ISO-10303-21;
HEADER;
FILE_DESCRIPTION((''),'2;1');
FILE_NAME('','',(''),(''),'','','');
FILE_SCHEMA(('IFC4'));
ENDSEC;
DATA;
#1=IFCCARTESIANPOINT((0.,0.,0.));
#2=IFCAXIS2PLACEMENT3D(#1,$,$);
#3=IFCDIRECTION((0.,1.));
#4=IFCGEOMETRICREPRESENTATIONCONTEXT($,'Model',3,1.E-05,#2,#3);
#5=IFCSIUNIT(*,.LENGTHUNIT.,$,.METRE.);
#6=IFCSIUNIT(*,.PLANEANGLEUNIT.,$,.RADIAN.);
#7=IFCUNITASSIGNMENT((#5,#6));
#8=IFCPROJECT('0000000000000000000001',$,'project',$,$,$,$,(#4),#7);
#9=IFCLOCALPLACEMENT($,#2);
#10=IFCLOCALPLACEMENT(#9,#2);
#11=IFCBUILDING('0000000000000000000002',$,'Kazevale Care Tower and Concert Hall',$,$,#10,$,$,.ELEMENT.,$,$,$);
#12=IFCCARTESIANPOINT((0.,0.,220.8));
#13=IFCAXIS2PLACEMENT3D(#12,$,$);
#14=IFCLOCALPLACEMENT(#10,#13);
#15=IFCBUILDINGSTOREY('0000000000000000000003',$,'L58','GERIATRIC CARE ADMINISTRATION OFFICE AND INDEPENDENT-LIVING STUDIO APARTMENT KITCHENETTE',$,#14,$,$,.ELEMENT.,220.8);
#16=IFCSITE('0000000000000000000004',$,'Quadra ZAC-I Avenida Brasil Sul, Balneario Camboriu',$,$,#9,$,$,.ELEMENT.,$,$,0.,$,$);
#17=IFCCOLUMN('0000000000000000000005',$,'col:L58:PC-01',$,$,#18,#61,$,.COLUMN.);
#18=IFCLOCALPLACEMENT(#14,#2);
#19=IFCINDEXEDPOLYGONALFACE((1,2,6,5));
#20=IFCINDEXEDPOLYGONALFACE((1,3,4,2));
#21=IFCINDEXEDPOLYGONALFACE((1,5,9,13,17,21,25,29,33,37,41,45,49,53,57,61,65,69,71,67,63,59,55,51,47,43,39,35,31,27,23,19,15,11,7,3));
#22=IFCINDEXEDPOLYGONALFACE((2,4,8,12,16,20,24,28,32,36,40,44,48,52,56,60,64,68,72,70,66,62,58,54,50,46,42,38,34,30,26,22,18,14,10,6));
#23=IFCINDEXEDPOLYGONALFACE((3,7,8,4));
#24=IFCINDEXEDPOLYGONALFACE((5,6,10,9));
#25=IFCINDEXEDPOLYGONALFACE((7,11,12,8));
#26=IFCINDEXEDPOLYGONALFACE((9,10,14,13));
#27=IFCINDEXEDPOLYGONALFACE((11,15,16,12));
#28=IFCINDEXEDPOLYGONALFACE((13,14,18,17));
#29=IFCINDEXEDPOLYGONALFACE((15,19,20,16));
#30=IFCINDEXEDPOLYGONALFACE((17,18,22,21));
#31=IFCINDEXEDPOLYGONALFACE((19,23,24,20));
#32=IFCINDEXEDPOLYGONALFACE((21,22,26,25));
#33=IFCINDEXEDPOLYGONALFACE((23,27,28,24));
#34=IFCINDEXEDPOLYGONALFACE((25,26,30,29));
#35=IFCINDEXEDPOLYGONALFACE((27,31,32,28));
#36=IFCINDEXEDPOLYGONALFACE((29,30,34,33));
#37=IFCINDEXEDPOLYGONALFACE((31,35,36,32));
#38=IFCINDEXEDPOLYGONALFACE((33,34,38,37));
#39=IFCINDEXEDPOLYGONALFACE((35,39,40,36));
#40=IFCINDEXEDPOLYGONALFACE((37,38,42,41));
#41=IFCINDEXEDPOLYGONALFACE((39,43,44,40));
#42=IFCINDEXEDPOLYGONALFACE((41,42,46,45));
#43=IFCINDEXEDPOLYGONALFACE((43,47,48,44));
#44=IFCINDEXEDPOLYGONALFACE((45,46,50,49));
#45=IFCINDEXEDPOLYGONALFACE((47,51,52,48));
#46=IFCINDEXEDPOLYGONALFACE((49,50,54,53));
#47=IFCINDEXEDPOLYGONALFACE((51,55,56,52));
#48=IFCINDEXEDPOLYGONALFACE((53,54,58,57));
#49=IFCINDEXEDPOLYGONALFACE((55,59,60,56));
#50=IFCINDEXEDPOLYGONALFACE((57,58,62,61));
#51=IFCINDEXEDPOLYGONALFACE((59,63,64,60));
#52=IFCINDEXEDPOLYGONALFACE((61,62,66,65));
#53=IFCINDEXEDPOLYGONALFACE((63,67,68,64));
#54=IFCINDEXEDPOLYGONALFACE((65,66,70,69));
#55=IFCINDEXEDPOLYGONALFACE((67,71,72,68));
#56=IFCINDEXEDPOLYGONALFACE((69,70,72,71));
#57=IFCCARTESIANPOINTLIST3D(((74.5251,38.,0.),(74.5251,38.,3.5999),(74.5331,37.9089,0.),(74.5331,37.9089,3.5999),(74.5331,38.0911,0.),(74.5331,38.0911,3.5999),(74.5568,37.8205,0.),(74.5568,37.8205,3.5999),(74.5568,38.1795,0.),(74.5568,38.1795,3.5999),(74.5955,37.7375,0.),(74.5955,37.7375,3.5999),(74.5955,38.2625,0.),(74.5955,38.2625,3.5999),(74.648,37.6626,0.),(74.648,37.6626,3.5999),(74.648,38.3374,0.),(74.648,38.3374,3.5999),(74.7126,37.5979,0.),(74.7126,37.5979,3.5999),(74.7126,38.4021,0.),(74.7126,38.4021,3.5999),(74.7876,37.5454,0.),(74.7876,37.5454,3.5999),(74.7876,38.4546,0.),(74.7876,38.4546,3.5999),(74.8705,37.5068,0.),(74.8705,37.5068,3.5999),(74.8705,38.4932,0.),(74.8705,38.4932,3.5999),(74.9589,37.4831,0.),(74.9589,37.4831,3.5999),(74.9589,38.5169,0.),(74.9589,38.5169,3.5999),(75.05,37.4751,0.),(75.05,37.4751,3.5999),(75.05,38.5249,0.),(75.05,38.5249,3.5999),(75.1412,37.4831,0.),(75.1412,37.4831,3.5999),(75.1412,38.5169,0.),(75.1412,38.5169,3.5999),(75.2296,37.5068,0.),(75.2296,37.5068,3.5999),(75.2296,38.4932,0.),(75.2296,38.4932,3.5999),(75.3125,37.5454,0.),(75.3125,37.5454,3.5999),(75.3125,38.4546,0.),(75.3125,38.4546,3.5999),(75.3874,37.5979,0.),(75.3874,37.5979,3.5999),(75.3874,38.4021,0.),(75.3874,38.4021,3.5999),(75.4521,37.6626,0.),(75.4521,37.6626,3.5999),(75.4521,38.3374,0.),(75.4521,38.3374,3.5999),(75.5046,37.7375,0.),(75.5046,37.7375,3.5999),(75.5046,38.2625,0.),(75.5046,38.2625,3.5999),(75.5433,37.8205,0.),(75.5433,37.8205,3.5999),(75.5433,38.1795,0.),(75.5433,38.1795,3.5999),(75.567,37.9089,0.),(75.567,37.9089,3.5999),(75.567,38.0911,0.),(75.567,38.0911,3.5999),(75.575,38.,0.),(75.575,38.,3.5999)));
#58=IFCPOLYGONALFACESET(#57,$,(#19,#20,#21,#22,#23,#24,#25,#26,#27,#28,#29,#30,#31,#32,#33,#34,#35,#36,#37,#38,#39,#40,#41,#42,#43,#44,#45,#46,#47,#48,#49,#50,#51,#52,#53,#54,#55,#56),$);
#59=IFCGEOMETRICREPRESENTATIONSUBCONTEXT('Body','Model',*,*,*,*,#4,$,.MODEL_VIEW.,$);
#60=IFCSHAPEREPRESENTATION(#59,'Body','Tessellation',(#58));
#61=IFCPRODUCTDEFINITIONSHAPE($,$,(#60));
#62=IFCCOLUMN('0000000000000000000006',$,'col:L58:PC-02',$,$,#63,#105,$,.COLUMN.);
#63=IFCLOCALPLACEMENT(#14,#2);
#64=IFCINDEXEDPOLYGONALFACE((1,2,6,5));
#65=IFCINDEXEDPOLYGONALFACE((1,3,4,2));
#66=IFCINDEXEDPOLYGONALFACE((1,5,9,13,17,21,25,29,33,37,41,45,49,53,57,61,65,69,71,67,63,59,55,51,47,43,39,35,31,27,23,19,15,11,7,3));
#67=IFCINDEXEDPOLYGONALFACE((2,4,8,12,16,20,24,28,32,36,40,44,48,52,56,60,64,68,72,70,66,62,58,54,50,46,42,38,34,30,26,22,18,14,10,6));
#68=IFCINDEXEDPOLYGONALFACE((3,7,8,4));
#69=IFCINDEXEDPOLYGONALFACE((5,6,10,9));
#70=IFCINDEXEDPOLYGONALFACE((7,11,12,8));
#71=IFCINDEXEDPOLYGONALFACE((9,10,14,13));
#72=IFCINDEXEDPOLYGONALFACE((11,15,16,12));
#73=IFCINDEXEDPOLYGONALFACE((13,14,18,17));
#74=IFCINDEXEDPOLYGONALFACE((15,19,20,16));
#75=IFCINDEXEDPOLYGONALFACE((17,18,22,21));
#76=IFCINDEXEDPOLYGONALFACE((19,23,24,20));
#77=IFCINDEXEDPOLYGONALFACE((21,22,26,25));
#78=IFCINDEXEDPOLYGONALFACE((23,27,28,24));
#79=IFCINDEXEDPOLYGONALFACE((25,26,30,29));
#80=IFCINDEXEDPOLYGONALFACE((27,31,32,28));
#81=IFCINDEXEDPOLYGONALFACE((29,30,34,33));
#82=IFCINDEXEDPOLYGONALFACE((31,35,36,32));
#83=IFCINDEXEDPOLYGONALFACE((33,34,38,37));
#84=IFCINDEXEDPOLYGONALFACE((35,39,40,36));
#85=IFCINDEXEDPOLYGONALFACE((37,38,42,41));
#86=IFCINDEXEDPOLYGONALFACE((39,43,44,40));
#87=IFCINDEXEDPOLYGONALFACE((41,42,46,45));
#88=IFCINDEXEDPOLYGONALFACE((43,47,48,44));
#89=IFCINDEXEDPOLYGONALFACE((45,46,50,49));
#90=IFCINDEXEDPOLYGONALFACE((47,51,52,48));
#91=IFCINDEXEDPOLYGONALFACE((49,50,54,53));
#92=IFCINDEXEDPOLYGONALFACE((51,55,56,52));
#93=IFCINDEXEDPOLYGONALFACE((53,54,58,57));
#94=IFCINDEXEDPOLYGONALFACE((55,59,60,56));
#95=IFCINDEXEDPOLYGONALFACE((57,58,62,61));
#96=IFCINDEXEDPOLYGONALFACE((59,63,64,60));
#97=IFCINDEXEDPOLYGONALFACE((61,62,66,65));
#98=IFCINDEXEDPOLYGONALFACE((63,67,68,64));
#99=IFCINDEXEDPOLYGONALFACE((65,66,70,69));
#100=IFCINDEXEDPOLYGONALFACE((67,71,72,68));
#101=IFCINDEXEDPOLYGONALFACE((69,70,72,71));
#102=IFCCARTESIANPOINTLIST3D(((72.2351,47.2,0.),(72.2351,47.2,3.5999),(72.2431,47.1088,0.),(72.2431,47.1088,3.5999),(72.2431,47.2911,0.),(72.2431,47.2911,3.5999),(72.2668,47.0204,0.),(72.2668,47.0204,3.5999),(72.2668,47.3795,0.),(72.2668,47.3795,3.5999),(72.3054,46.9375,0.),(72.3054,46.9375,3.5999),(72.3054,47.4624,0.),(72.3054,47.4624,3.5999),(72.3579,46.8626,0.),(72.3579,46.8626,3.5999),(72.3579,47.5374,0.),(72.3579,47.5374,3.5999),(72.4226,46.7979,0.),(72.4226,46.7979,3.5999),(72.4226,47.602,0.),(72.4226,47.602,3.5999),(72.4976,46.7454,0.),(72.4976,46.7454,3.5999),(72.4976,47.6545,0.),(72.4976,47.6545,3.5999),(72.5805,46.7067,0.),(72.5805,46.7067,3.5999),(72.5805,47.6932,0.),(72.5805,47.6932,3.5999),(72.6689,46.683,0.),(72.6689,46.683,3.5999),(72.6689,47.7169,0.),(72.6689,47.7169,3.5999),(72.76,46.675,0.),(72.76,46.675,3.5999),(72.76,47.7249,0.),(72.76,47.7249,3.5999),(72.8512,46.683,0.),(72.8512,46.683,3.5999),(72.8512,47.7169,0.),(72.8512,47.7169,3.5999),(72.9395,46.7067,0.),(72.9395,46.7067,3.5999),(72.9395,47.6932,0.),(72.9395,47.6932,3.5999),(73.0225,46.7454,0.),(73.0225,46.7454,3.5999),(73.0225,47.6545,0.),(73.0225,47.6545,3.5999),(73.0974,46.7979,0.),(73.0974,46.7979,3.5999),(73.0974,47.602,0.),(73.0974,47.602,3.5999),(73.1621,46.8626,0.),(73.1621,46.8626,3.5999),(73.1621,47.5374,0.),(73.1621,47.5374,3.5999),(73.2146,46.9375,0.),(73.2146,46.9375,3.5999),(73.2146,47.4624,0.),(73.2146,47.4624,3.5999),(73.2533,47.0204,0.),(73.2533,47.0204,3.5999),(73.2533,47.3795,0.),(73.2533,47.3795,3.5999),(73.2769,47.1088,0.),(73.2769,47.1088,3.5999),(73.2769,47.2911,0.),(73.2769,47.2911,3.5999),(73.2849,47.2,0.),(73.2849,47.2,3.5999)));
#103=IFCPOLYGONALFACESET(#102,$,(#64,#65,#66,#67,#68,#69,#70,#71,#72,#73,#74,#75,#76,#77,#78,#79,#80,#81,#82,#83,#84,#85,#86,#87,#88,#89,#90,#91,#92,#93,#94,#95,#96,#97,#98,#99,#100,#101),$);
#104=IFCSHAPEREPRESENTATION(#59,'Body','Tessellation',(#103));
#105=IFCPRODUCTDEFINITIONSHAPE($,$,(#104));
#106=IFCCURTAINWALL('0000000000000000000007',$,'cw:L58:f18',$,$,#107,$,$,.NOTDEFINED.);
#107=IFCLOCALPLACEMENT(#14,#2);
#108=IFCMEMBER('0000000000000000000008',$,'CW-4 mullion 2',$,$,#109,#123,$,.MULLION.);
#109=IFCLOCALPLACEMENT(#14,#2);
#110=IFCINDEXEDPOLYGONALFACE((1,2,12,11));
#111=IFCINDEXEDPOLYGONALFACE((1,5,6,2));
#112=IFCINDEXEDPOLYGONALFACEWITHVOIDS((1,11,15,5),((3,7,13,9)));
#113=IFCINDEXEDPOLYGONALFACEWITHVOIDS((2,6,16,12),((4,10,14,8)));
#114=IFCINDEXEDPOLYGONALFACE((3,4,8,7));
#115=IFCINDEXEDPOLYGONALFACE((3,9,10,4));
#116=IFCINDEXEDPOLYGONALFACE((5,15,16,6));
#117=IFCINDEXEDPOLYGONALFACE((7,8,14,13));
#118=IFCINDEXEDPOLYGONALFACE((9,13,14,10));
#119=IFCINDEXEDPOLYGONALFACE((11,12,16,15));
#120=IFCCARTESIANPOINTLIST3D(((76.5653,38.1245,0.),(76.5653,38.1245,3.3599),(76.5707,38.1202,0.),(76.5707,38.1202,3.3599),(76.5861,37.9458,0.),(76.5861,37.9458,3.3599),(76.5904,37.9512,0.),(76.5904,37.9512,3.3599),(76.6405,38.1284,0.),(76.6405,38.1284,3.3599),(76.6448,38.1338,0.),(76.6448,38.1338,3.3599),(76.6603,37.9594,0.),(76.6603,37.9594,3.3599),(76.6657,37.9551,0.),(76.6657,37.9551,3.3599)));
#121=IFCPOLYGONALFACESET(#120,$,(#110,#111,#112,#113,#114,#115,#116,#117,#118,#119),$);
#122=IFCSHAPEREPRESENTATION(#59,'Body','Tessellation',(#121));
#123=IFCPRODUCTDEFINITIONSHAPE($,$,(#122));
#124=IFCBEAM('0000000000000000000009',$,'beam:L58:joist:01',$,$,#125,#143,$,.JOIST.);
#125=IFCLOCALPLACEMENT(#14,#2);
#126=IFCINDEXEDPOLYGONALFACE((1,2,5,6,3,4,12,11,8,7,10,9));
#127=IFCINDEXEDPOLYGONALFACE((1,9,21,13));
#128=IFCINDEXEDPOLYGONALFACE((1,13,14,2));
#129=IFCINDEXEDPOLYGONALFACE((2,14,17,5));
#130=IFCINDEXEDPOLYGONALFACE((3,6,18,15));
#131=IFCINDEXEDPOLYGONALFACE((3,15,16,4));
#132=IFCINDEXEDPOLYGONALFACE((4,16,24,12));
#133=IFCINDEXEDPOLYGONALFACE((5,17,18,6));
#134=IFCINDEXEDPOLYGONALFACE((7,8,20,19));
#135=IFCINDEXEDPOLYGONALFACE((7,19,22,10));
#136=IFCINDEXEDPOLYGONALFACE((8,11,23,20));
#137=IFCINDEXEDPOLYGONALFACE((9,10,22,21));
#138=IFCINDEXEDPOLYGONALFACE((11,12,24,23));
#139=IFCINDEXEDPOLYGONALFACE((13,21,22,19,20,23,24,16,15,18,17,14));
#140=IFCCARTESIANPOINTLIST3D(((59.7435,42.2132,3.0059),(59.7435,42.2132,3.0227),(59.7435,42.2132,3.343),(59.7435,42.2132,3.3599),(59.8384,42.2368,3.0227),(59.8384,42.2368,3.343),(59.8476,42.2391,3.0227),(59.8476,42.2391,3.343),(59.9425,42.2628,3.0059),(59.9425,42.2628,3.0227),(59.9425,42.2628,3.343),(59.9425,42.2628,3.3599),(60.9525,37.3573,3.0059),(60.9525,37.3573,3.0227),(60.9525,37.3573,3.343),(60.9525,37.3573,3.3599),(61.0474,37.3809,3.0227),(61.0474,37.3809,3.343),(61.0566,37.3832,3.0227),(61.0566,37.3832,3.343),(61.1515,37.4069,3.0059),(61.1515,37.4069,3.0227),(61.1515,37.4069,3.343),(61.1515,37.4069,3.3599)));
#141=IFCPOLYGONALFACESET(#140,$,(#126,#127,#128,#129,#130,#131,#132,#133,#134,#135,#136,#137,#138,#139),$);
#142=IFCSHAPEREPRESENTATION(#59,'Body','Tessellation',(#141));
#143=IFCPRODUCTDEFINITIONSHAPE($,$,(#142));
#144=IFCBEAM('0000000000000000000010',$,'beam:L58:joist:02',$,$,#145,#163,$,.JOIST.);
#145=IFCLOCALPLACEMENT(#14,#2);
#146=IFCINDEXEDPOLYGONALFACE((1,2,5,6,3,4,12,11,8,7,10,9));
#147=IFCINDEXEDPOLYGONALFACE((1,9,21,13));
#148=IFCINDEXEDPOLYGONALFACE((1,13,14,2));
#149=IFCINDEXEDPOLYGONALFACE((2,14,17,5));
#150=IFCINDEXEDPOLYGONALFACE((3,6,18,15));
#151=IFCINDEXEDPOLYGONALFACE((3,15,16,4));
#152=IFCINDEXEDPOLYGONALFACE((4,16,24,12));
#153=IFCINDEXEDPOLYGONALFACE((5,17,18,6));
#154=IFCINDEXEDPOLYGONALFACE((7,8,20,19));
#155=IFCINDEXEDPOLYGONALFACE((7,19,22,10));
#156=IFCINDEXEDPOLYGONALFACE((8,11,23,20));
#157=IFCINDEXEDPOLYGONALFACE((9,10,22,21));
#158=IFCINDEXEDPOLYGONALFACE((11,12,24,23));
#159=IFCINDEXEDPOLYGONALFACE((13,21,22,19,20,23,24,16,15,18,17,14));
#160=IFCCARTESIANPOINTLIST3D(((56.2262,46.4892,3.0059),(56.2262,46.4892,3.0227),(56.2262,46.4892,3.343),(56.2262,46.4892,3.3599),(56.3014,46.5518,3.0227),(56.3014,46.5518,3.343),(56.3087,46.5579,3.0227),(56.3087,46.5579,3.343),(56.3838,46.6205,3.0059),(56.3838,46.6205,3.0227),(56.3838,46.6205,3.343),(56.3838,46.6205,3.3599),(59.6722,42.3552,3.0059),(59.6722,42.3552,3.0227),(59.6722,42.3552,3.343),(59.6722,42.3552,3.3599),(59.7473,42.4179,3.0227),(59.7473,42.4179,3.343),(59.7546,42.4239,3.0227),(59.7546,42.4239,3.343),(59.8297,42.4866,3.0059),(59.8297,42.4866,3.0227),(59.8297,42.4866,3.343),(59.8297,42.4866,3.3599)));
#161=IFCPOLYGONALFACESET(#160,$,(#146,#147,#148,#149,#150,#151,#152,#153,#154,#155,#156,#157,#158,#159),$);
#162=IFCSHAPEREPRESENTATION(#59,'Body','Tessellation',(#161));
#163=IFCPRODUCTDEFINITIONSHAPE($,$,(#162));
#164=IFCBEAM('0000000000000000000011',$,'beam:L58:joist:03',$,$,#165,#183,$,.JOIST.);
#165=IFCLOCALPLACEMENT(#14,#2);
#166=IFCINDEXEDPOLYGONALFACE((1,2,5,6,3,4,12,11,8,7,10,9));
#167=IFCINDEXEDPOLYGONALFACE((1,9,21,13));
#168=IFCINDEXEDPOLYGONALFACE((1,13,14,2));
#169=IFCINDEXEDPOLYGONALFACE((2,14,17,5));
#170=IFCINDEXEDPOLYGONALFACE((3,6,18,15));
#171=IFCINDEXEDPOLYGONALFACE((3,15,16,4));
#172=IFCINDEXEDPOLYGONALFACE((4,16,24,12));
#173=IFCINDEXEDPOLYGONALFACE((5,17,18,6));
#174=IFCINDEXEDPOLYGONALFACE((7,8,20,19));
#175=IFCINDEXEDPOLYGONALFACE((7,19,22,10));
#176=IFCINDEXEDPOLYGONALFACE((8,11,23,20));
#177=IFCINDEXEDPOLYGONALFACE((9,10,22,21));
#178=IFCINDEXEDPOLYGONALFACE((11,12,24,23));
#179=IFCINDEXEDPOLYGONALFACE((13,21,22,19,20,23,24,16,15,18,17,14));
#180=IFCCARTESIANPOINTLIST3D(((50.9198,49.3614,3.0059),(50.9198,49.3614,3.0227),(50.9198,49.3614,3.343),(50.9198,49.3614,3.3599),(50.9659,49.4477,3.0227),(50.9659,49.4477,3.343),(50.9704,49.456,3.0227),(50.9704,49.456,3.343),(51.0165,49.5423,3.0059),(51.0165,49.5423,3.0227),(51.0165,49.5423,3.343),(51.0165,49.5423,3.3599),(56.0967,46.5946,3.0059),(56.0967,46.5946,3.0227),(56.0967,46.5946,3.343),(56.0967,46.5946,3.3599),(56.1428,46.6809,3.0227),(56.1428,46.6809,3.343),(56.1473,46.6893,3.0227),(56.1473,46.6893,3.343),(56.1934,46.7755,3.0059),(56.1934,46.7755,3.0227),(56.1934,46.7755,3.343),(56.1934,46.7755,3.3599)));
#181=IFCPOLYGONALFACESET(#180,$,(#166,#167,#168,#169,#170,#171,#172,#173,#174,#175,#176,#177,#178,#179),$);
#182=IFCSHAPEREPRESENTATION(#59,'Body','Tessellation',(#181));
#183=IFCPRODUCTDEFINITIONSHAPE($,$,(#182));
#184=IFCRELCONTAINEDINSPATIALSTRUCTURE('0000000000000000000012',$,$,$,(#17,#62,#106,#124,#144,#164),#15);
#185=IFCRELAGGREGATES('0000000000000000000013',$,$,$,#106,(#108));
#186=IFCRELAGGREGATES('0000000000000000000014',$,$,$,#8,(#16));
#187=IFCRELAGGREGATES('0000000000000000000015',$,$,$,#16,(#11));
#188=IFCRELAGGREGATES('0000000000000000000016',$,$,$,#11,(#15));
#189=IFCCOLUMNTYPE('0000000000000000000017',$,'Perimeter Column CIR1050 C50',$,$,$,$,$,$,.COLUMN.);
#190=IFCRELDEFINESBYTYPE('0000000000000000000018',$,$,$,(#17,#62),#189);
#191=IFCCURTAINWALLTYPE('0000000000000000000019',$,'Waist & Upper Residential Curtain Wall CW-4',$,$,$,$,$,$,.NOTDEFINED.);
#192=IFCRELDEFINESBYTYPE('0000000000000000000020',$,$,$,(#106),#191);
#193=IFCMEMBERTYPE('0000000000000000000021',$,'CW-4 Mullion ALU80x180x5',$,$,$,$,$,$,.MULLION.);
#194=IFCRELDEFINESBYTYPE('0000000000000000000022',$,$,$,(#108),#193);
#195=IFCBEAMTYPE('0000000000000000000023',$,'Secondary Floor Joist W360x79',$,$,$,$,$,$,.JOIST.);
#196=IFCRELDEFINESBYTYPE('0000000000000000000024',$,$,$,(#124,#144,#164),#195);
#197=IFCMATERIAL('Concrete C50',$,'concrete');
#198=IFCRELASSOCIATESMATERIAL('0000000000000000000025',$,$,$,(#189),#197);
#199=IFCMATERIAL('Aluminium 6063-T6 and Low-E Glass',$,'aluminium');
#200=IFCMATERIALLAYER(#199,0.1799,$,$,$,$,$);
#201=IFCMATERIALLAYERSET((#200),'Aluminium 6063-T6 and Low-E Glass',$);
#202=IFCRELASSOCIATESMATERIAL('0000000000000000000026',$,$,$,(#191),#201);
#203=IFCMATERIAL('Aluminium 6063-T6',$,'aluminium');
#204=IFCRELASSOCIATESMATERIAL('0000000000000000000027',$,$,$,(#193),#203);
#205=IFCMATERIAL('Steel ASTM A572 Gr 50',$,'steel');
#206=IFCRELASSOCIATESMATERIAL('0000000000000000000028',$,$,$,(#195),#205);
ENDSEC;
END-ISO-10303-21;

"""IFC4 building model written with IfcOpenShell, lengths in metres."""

from ifc_helpers import new_model, si_unit, direction, frame, origin, origin_2d, place, context, subcontext, project, spatial, hollow_rectangle, circle, i_section, extrude, material, layer, layer_set, material_profile, profile_set, type_object, element, aggregate, save


model = new_model("IFC4")

# Units and contexts
model_context = context("Model", 3, precision=1e-05, world=origin(), true_north=direction((0.0, 1.0)))
body_context = subcontext(model_context, "Body", "Model", "MODEL_VIEW")
ifc_project = project(units=[si_unit("LENGTHUNIT", "METRE"), si_unit("PLANEANGLEUNIT", "RADIAN")], contexts=[model_context])

# Site, building, storey
site_placement = place(None, origin())
site = spatial("IfcSite", under=ifc_project, at=site_placement, Name="Quadra ZAC-I Avenida Brasil Sul, Balneario Camboriu", CompositionType="ELEMENT", RefElevation=0.0)
building_placement = place(site_placement, origin())
building = spatial("IfcBuilding", under=site, at=building_placement, Name="Kazevale Care Tower and Concert Hall", CompositionType="ELEMENT")
storey_placement = place(building_placement, frame((0.0, 0.0, 220.8)))
storey = spatial("IfcBuildingStorey", under=building, at=storey_placement, Name="L58", Description="GERIATRIC CARE ADMINISTRATION OFFICE AND INDEPENDENT-LIVING STUDIO APARTMENT KITCHENETTE", CompositionType="ELEMENT", Elevation=220.8)

# Columns
ifc_material_1 = material(Name="Concrete C50", Category="concrete")
ifc_material_profile_1 = material_profile(ifc_material_1, circle(Radius=0.5249, at=origin_2d()), Name="RC-CIR1050")
ifc_profile_set_1 = profile_set([ifc_material_profile_1], Name="Concrete C50")
column_type = type_object("IfcColumnType", Name="Perimeter Column CIR1050 C50", PredefinedType="COLUMN", material=ifc_profile_set_1)
for number, where, z_axis, x_axis, name in (
    (1, (75.05, 38.0, 0.0), (0.0, 0.0, 1.0), (1.0, 0.0, 0.0), "col:L58:PC-01"),
    (2, (72.76, 47.2, 0.0), (0.0, 0.0, 1.0), (1.0, 0.0, 0.0), "col:L58:PC-02"),
):
    element("IfcColumn", number, at=place(storey_placement, frame(where, z_axis=z_axis, x_axis=x_axis)), inside=storey, type_object=column_type, Name=name, PredefinedType="COLUMN", context=body_context, shape_type="SweptSolid", body=[
        extrude(circle(Radius=0.5249, at=origin_2d()), origin(), (0.0, 0.0, 1.0), 3.5999),
    ])

# Curtain wall, member
ifc_material_2 = material(Name="Aluminium 6063-T6 and Low-E Glass", Category="aluminium")
ifc_layer_1 = layer(ifc_material_2, 0.1799)
ifc_layer_set_1 = layer_set([ifc_layer_1], Name="Aluminium 6063-T6 and Low-E Glass")
curtain_wall_type = type_object("IfcCurtainWallType", Name="Waist & Upper Residential Curtain Wall CW-4", PredefinedType="NOTDEFINED", material=ifc_layer_set_1)
curtain_wall_placement = place(storey_placement, origin())
curtain_wall = element("IfcCurtainWall", 3, at=curtain_wall_placement, inside=storey, type_object=curtain_wall_type, Name="cw:L58:f18", PredefinedType="NOTDEFINED")
ifc_material_3 = material(Name="Aluminium 6063-T6", Category="aluminium")
ifc_material_profile_2 = material_profile(ifc_material_3, hollow_rectangle(XDim=0.0801, YDim=0.1799, WallThickness=0.0049, at=origin_2d()), Name="ALU80x180x5")
ifc_profile_set_2 = profile_set([ifc_material_profile_2], Name="Aluminium 6063-T6")
member_type = type_object("IfcMemberType", Name="CW-4 Mullion ALU80x180x5", PredefinedType="MULLION", material=ifc_profile_set_2)
member_placement = place(storey_placement, frame((76.6155, 38.0398, 0.0), z_axis=(0.0, 0.0, 1.0), x_axis=(0.993267, 0.115847, 0.0)))
member = element("IfcMember", 4, at=member_placement, type_object=member_type, Name="CW-4 mullion 2", PredefinedType="MULLION", context=body_context, shape_type="SweptSolid", body=[
    extrude(hollow_rectangle(XDim=0.0801, YDim=0.1799, WallThickness=0.0049, at=origin_2d()), origin(), (0.0, 0.0, 1.0), 3.3599),
])

# Beams
ifc_material_4 = material(Name="Steel ASTM A572 Gr 50", Category="steel")
ifc_material_profile_3 = material_profile(ifc_material_4, i_section(OverallWidth=0.2051, OverallDepth=0.354, WebThickness=0.0095, FlangeThickness=0.0168, at=origin_2d()), Name="W360x79")
ifc_profile_set_3 = profile_set([ifc_material_profile_3], Name="Steel ASTM A572 Gr 50")
beam_type_1 = type_object("IfcBeamType", Name="Secondary Floor Joist W360x79", PredefinedType="JOIST", material=ifc_profile_set_3)
beam_1_placement = place(storey_placement, frame((61.052, 37.3821, 3.1829), z_axis=(-0.241594, 0.970377, 0.0), x_axis=(-0.970377, -0.241594, 0.0)))
element("IfcBeam", 5, at=beam_1_placement, inside=storey, type_object=beam_type_1, Name="beam:L58:joist:01", PredefinedType="JOIST", context=body_context, shape_type="SweptSolid", body=[
    extrude(i_section(OverallWidth=0.2051, OverallDepth=0.354, WebThickness=0.0095, FlangeThickness=0.0168, at=origin_2d()), origin(), (0.0, 0.0, 1.0), 5.0042),
])
beam_2_placement = place(storey_placement, frame((59.751, 42.4209, 3.1829), z_axis=(-0.640296, 0.768128, 0.0), x_axis=(-0.768128, -0.640296, 0.0)))
element("IfcBeam", 6, at=beam_2_placement, inside=storey, type_object=beam_type_1, Name="beam:L58:joist:02", PredefinedType="JOIST", context=body_context, shape_type="SweptSolid", body=[
    extrude(i_section(OverallWidth=0.2051, OverallDepth=0.354, WebThickness=0.0095, FlangeThickness=0.0168, at=origin_2d()), origin(), (0.0, 0.0, 1.0), 5.3818),
])
beam_3_placement = place(storey_placement, frame((56.145, 46.6851, 3.1829), z_axis=(-0.881944, 0.471354, 0.0), x_axis=(-0.471354, -0.881944, 0.0)))
element("IfcBeam", 7, at=beam_3_placement, inside=storey, type_object=beam_type_1, Name="beam:L58:joist:03", PredefinedType="JOIST", context=body_context, shape_type="SweptSolid", body=[
    extrude(i_section(OverallWidth=0.2051, OverallDepth=0.354, WebThickness=0.0095, FlangeThickness=0.0168, at=origin_2d()), origin(), (0.0, 0.0, 1.0), 5.8699),
])

aggregate(curtain_wall, [member])

save(model, "model.ifc")
